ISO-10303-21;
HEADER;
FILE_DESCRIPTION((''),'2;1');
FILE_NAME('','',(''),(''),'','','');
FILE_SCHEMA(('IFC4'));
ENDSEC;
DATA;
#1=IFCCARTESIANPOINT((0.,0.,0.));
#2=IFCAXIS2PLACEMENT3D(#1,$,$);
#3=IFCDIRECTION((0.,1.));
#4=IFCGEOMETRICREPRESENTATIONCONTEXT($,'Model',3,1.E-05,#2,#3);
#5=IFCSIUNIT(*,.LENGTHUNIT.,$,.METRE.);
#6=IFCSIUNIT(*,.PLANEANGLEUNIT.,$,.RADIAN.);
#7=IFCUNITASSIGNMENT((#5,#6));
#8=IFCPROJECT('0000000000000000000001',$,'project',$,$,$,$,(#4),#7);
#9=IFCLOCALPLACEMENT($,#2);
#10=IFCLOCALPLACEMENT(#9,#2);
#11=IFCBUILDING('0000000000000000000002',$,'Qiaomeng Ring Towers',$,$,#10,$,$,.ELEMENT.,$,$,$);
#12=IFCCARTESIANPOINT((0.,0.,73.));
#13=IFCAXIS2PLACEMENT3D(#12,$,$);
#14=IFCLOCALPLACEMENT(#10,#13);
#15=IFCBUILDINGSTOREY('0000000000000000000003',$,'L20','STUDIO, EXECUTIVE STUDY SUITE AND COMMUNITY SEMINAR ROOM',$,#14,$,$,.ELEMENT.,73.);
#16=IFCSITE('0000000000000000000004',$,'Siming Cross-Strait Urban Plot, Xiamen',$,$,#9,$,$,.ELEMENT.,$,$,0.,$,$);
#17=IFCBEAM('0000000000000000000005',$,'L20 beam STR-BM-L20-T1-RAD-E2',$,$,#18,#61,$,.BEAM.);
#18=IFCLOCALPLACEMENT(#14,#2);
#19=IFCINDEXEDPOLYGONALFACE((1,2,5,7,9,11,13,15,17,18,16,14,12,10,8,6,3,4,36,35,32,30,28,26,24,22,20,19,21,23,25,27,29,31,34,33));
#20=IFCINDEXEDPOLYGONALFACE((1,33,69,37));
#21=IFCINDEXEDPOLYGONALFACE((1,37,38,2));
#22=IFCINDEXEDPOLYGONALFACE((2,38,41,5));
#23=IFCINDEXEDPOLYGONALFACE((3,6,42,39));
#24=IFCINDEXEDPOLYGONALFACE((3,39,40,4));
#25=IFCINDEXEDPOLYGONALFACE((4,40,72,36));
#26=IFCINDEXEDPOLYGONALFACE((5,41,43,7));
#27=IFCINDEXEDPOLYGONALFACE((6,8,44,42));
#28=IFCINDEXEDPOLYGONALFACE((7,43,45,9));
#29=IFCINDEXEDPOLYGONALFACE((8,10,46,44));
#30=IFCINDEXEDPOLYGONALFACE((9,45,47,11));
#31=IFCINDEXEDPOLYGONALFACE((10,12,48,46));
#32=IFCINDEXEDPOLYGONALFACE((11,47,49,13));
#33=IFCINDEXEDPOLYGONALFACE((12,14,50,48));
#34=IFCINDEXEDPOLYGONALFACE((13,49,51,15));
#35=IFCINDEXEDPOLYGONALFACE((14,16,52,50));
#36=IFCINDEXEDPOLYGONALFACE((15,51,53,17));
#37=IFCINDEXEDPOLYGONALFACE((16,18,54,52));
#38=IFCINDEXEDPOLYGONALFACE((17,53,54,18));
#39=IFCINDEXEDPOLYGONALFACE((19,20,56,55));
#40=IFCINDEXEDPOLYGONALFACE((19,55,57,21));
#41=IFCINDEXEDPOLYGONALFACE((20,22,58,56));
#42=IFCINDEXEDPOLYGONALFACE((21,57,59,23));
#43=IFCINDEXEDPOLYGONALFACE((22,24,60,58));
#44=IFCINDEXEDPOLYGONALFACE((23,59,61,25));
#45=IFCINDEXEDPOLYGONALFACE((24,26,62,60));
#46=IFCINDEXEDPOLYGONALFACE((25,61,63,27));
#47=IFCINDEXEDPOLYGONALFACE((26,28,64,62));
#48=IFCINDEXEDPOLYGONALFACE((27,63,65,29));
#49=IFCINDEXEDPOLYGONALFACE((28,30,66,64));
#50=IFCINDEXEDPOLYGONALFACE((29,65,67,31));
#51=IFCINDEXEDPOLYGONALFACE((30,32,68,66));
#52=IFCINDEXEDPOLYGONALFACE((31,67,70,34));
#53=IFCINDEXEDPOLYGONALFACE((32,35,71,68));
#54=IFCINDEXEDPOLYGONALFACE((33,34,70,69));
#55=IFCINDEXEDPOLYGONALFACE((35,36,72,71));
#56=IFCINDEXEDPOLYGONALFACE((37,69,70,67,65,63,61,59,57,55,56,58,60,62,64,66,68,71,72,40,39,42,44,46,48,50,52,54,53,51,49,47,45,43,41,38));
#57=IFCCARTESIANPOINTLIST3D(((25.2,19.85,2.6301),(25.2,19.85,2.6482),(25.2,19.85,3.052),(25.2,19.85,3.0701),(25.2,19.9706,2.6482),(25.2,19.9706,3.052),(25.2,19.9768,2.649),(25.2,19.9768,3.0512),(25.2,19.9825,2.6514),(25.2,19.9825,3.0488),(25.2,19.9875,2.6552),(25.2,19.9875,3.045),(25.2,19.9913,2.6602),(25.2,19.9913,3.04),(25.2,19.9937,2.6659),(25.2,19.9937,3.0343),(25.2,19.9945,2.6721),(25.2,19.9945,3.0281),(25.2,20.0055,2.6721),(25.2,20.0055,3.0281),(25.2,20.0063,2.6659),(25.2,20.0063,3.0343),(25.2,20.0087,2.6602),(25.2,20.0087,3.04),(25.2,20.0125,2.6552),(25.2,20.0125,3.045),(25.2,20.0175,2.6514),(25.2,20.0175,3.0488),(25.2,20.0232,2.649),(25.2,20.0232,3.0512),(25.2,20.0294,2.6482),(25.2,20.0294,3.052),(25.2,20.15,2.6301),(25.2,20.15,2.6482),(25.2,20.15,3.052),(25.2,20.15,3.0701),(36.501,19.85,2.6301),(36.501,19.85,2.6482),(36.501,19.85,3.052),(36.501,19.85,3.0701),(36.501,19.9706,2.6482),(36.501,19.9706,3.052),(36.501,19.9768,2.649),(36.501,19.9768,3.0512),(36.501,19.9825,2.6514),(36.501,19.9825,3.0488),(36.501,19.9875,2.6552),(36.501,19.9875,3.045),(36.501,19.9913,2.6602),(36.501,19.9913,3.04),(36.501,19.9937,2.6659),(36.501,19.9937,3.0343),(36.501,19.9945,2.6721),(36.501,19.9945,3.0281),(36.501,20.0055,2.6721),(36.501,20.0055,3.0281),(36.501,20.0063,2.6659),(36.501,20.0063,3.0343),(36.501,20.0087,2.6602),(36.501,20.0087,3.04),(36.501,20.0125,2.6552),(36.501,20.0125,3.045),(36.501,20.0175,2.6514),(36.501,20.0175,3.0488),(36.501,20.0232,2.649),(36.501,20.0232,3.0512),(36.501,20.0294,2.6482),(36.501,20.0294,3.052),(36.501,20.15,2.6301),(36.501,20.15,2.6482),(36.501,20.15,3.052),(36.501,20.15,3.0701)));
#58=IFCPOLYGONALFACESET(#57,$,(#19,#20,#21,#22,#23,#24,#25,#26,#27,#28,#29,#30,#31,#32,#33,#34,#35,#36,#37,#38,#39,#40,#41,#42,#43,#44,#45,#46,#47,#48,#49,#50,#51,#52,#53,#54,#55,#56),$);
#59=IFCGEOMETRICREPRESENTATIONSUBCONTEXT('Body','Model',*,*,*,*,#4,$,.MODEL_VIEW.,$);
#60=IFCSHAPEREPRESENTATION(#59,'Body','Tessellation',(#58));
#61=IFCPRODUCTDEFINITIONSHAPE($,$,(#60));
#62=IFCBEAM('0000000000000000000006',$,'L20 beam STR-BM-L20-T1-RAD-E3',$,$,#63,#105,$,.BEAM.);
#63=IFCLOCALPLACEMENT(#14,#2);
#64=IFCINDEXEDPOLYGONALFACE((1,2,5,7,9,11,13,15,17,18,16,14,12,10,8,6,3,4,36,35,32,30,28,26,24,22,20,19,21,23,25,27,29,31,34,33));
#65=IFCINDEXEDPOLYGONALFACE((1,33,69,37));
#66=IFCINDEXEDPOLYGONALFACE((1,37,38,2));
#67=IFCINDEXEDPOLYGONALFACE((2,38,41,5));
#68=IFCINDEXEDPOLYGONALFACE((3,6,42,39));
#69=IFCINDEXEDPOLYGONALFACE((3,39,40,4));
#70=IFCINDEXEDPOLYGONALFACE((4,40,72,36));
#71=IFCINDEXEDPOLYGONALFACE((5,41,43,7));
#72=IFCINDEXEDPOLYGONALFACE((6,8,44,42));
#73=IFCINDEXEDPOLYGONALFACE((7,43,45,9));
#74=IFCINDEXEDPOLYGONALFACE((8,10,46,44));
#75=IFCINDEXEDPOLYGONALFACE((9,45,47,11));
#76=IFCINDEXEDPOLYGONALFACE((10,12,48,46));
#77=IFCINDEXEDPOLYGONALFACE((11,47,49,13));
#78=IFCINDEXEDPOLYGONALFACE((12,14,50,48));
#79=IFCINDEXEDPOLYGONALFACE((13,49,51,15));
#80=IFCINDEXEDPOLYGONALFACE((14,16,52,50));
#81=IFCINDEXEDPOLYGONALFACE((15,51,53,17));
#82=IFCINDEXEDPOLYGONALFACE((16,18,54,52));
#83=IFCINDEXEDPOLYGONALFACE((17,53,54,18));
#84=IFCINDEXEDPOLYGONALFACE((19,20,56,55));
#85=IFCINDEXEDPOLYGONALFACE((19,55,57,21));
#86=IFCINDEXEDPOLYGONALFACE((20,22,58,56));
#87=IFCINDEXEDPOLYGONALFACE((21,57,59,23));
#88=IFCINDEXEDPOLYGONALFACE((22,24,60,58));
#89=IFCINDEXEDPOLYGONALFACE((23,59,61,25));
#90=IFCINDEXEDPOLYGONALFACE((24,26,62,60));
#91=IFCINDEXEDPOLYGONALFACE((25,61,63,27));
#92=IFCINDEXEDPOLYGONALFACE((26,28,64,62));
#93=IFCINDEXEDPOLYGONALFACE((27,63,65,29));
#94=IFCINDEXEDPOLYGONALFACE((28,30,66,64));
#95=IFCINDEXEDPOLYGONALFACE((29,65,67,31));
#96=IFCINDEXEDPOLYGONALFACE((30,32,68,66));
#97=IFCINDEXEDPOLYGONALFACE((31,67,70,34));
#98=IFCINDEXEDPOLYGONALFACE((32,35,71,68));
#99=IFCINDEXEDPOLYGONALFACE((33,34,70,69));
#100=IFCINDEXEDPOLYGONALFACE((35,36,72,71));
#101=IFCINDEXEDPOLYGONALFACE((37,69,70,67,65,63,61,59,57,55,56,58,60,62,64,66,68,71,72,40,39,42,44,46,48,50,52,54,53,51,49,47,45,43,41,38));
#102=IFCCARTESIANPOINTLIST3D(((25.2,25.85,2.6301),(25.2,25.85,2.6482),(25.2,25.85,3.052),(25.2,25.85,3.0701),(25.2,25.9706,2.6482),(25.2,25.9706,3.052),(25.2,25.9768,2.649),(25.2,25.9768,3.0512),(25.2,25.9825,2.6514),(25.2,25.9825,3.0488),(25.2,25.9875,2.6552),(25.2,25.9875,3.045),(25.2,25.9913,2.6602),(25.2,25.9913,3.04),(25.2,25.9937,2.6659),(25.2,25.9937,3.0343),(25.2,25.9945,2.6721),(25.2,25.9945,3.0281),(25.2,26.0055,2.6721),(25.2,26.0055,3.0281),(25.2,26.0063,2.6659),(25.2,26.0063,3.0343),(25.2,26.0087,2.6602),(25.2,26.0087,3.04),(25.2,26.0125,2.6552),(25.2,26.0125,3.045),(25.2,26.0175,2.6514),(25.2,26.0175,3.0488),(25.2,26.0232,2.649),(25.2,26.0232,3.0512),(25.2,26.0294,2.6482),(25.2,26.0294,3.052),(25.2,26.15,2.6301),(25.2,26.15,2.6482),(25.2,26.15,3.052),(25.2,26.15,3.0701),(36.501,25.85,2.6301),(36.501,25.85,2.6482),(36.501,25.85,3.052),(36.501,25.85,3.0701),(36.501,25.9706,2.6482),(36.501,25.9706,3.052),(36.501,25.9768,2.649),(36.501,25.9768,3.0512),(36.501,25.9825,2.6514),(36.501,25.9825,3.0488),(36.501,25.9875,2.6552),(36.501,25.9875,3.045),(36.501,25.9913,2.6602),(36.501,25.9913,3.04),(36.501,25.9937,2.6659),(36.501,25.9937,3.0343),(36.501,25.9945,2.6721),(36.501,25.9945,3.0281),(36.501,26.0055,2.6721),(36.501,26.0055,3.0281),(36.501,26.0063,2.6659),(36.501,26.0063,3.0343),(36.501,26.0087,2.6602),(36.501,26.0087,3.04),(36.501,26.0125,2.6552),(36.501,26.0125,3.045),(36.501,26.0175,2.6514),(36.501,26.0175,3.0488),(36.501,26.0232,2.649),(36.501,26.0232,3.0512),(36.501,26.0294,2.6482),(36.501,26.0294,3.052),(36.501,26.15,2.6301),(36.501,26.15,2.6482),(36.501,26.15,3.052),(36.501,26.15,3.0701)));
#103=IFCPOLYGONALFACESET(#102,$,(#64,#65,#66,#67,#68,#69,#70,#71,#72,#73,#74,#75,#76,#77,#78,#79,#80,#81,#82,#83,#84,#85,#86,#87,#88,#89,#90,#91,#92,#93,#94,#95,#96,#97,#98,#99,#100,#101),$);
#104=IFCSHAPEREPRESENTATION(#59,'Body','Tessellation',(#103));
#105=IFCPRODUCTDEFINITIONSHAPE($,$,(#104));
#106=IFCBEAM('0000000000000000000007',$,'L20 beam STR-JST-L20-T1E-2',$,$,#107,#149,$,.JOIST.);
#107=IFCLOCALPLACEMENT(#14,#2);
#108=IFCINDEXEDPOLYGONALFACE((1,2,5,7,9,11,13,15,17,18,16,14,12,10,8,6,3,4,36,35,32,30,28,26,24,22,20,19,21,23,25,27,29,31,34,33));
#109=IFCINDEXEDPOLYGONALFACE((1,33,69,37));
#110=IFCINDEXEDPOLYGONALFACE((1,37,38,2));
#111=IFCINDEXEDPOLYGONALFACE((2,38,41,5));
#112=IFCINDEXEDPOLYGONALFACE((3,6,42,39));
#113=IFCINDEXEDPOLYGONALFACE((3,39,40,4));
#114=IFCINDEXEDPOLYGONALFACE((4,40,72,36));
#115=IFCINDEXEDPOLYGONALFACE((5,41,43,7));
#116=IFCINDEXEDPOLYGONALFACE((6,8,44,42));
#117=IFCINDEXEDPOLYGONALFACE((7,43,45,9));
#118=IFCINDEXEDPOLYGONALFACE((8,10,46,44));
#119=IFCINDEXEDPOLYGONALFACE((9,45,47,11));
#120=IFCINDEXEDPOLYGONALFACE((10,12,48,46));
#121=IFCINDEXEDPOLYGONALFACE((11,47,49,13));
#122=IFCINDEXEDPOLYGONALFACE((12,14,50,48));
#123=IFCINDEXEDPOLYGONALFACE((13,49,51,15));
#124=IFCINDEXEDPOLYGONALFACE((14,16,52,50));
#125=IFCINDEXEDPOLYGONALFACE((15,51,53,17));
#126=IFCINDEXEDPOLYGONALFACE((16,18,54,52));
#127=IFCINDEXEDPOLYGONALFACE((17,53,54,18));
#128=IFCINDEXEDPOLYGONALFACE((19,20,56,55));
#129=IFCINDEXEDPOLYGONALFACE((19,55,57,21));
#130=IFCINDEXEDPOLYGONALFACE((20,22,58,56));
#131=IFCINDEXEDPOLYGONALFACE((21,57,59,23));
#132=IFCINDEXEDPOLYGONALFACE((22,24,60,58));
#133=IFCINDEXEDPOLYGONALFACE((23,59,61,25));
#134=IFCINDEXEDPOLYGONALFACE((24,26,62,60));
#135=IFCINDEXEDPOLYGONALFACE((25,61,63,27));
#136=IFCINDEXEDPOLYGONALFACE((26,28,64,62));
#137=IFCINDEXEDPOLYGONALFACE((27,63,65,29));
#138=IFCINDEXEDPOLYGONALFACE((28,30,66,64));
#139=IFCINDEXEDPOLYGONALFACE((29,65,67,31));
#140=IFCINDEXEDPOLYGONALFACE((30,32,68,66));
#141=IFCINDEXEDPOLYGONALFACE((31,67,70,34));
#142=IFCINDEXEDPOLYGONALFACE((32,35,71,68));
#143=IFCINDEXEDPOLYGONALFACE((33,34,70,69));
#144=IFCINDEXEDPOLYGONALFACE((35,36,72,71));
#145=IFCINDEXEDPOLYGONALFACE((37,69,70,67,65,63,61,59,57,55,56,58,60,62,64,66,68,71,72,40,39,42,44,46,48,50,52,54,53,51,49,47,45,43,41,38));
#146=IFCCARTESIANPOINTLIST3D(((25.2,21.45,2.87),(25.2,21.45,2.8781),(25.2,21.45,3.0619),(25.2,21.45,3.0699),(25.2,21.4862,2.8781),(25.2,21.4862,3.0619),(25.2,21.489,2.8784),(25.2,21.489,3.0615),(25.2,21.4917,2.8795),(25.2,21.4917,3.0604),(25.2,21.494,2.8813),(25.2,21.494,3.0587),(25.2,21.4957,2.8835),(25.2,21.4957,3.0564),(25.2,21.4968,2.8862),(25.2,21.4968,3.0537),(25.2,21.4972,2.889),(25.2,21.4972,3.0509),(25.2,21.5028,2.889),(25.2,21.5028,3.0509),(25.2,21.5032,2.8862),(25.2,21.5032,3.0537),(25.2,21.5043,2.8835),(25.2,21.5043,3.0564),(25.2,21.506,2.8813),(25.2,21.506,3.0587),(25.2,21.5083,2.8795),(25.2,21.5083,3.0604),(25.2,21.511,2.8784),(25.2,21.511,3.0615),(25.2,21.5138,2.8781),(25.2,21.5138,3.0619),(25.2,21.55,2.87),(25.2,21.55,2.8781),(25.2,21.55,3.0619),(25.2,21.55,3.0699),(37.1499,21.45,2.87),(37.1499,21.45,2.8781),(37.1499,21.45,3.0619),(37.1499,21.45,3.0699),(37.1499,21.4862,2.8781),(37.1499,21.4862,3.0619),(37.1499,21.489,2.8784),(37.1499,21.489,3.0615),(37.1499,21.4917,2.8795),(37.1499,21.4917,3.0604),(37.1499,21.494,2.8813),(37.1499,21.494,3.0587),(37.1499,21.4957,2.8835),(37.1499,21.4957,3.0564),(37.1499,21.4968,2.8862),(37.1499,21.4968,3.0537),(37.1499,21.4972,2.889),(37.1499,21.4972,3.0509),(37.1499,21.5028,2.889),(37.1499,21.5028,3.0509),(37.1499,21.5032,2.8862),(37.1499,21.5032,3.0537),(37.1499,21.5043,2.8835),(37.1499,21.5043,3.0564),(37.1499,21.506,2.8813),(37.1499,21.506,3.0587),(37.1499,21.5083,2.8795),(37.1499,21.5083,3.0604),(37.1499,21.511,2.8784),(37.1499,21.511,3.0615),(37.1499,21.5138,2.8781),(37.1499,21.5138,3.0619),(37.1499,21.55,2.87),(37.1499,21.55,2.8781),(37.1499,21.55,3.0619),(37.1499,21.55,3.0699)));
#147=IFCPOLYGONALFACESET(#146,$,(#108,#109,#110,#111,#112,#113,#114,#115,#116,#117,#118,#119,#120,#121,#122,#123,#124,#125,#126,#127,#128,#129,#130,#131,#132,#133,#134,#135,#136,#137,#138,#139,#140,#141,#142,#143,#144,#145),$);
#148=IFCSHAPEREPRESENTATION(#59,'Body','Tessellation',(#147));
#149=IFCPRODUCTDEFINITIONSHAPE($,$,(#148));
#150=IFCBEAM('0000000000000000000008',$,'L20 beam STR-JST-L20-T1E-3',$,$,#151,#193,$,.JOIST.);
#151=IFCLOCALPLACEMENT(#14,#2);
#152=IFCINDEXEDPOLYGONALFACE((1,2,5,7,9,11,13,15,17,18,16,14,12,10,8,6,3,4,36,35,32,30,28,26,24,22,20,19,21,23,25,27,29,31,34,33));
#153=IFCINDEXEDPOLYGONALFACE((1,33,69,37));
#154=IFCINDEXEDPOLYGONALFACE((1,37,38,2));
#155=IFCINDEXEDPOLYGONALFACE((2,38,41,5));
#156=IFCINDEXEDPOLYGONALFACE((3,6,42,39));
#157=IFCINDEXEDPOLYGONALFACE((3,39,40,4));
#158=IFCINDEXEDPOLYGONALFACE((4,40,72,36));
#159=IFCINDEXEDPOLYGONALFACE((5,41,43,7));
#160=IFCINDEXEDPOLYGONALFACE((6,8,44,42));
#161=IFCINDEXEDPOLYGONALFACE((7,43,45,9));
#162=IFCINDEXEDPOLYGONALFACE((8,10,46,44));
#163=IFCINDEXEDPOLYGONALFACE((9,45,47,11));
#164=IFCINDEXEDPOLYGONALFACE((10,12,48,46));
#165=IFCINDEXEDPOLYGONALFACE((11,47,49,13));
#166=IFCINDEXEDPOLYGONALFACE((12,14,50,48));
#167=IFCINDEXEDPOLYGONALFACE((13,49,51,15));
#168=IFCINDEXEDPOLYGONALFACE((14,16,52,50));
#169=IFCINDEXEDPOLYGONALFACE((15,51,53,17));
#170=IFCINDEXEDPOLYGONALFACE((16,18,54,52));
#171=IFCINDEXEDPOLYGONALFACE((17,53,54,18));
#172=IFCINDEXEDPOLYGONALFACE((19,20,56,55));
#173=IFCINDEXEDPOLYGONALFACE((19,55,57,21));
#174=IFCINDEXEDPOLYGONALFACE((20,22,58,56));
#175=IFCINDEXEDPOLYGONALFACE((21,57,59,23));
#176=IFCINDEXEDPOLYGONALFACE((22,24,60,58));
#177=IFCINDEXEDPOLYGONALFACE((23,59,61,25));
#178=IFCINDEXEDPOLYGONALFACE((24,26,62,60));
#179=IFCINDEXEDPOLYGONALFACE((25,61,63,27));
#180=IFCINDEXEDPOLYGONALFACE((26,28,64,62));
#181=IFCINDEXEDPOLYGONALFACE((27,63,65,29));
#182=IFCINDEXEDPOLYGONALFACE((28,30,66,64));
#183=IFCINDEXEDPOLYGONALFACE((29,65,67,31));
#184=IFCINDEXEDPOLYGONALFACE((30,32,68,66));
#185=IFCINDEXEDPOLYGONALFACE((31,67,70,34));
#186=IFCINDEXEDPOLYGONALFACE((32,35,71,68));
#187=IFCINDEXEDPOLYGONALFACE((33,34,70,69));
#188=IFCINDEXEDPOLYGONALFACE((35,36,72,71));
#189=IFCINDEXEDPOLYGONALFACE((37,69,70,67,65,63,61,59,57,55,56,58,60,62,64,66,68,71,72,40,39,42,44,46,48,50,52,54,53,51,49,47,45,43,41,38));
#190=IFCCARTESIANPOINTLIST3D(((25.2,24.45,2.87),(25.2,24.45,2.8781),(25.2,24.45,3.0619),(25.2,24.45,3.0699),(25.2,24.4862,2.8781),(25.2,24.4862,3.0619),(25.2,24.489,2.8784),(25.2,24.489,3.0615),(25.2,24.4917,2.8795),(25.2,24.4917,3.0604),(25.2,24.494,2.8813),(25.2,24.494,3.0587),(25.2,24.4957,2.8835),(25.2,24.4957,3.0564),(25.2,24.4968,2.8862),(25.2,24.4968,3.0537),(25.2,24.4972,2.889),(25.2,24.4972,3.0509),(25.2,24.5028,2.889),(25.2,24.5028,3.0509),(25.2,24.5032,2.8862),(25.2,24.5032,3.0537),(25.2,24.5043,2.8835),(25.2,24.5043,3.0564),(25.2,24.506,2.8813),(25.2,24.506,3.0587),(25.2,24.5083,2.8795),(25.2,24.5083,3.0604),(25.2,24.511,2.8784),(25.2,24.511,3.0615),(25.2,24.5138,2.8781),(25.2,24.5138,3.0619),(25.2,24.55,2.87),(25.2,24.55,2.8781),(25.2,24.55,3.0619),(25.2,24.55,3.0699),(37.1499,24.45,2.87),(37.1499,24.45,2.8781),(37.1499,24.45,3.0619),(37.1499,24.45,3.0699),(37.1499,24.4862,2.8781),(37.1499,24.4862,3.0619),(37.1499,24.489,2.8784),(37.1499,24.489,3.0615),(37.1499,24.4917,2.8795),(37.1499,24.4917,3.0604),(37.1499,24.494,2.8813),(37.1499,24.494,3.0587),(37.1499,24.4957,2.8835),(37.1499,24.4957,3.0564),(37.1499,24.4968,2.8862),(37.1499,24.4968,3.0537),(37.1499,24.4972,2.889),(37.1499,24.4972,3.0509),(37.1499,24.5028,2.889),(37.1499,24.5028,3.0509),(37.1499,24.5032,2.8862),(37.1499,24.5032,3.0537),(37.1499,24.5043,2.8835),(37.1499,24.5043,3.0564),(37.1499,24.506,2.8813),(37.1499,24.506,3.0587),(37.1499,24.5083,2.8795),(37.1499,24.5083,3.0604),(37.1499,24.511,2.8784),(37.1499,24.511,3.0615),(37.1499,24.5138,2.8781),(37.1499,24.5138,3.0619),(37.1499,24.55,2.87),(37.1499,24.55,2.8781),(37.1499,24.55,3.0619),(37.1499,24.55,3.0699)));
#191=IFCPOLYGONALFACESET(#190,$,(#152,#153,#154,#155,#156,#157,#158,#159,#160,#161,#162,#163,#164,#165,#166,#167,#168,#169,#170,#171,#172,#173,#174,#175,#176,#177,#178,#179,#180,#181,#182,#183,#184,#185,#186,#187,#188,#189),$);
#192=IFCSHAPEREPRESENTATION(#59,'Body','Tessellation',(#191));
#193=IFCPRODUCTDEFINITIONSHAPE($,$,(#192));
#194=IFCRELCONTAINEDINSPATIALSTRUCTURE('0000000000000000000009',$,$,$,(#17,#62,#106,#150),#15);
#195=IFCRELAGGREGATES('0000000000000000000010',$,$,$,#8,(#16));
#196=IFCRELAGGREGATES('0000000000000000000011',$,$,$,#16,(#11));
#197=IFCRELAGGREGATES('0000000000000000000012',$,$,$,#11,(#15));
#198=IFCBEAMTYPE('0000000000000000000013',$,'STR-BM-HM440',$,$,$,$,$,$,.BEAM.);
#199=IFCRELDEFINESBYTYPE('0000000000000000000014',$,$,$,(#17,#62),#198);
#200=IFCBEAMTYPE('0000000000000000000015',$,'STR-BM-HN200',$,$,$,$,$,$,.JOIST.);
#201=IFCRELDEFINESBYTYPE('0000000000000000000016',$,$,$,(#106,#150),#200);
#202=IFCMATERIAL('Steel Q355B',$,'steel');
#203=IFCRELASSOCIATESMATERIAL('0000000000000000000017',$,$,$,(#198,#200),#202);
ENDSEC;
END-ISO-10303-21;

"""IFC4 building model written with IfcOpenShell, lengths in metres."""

from ifc_helpers import new_model, si_unit, direction, frame, origin, origin_2d, place, context, subcontext, project, spatial, i_section, extrude, source, transform, mapped, material, material_profile, profile_set, type_object, element, save


model = new_model("IFC4")

# Units and contexts
model_context = context("Model", 3, precision=1e-05, world=origin(), true_north=direction((0.0, 1.0)))
body_context = subcontext(model_context, "Body", "Model", "MODEL_VIEW")
ifc_project = project(units=[si_unit("LENGTHUNIT", "METRE"), si_unit("PLANEANGLEUNIT", "RADIAN")], contexts=[model_context])

# Site, building, storey
site_placement = place(None, origin())
site = spatial("IfcSite", under=ifc_project, at=site_placement, Name="Siming Cross-Strait Urban Plot, Xiamen", CompositionType="ELEMENT", RefElevation=0.0)
building_placement = place(site_placement, origin())
building = spatial("IfcBuilding", under=site, at=building_placement, Name="Qiaomeng Ring Towers", CompositionType="ELEMENT")
storey_placement = place(building_placement, frame((0.0, 0.0, 73.0)))
storey = spatial("IfcBuildingStorey", under=building, at=storey_placement, Name="L20", Description="STUDIO, EXECUTIVE STUDY SUITE AND COMMUNITY SEMINAR ROOM", CompositionType="ELEMENT", Elevation=73.0)

# Beams
ifc_material_1 = material(Name="Steel Q355B", Category="steel")
ifc_material_profile_1 = material_profile(ifc_material_1, i_section(OverallWidth=0.3, OverallDepth=0.4399, WebThickness=0.011, FlangeThickness=0.0181, FilletRadius=0.0239, at=origin_2d()), Name="HM 440x300x11x18")
ifc_profile_set_1 = profile_set([ifc_material_profile_1], Name="Steel Q355B")
beam_type_1 = type_object("IfcBeamType", Name="STR-BM-HM440", PredefinedType="BEAM", material=ifc_profile_set_1)
shared_shape_1 = source(origin(), body_context, "Body", "SweptSolid", [
    extrude(i_section(OverallWidth=0.3, OverallDepth=0.4399, WebThickness=0.011, FlangeThickness=0.0181, FilletRadius=0.0239, at=origin_2d()), origin(), (0.0, 0.0, 1.0), 11.301),
])
for number, where, z_axis, x_axis, name in (
    (1, (25.2, 20.0, 2.8501), (1.0, 0.0, 0.0), (0.0, 1.0, 0.0), "L20 beam STR-BM-L20-T1-RAD-E2"),
    (2, (25.2, 26.0, 2.8501), (1.0, 0.0, 0.0), (0.0, 1.0, 0.0), "L20 beam STR-BM-L20-T1-RAD-E3"),
):
    element("IfcBeam", number, at=place(storey_placement, frame(where, z_axis=z_axis, x_axis=x_axis)), inside=storey, type_object=beam_type_1, Name=name, PredefinedType="BEAM", context=body_context, shape_type="MappedRepresentation", body=[
        mapped(shared_shape_1, transform((0.0, 0.0, 0.0), x_axis=(1.0, 0.0, 0.0), y_axis=(0.0, 1.0, 0.0), z_axis=(0.0, 0.0, 1.0), scale=1.0)),
    ])
ifc_material_profile_2 = material_profile(ifc_material_1, i_section(OverallWidth=0.1001, OverallDepth=0.2, WebThickness=0.0056, FlangeThickness=0.0081, FilletRadius=0.011, at=origin_2d()), Name="HN 200x100x5.5x8")
ifc_profile_set_2 = profile_set([ifc_material_profile_2], Name="Steel Q355B")
beam_type_2 = type_object("IfcBeamType", Name="STR-BM-HN200", PredefinedType="JOIST", material=ifc_profile_set_2)
shared_shape_2 = source(origin(), body_context, "Body", "SweptSolid", [
    extrude(i_section(OverallWidth=0.1001, OverallDepth=0.2, WebThickness=0.0056, FlangeThickness=0.0081, FilletRadius=0.011, at=origin_2d()), origin(), (0.0, 0.0, 1.0), 11.95),
])
for number, where, z_axis, x_axis, name in (
    (3, (25.2, 21.5, 2.97), (1.0, 0.0, 0.0), (0.0, 1.0, 0.0), "L20 beam STR-JST-L20-T1E-2"),
    (4, (25.2, 24.5, 2.97), (1.0, 0.0, 0.0), (0.0, 1.0, 0.0), "L20 beam STR-JST-L20-T1E-3"),
):
    element("IfcBeam", number, at=place(storey_placement, frame(where, z_axis=z_axis, x_axis=x_axis)), inside=storey, type_object=beam_type_2, Name=name, PredefinedType="JOIST", context=body_context, shape_type="MappedRepresentation", body=[
        mapped(shared_shape_2, transform((0.0, 0.0, 0.0), x_axis=(1.0, 0.0, 0.0), y_axis=(0.0, 1.0, 0.0), z_axis=(0.0, 0.0, 1.0), scale=1.0)),
    ])

save(model, "model.ifc")
